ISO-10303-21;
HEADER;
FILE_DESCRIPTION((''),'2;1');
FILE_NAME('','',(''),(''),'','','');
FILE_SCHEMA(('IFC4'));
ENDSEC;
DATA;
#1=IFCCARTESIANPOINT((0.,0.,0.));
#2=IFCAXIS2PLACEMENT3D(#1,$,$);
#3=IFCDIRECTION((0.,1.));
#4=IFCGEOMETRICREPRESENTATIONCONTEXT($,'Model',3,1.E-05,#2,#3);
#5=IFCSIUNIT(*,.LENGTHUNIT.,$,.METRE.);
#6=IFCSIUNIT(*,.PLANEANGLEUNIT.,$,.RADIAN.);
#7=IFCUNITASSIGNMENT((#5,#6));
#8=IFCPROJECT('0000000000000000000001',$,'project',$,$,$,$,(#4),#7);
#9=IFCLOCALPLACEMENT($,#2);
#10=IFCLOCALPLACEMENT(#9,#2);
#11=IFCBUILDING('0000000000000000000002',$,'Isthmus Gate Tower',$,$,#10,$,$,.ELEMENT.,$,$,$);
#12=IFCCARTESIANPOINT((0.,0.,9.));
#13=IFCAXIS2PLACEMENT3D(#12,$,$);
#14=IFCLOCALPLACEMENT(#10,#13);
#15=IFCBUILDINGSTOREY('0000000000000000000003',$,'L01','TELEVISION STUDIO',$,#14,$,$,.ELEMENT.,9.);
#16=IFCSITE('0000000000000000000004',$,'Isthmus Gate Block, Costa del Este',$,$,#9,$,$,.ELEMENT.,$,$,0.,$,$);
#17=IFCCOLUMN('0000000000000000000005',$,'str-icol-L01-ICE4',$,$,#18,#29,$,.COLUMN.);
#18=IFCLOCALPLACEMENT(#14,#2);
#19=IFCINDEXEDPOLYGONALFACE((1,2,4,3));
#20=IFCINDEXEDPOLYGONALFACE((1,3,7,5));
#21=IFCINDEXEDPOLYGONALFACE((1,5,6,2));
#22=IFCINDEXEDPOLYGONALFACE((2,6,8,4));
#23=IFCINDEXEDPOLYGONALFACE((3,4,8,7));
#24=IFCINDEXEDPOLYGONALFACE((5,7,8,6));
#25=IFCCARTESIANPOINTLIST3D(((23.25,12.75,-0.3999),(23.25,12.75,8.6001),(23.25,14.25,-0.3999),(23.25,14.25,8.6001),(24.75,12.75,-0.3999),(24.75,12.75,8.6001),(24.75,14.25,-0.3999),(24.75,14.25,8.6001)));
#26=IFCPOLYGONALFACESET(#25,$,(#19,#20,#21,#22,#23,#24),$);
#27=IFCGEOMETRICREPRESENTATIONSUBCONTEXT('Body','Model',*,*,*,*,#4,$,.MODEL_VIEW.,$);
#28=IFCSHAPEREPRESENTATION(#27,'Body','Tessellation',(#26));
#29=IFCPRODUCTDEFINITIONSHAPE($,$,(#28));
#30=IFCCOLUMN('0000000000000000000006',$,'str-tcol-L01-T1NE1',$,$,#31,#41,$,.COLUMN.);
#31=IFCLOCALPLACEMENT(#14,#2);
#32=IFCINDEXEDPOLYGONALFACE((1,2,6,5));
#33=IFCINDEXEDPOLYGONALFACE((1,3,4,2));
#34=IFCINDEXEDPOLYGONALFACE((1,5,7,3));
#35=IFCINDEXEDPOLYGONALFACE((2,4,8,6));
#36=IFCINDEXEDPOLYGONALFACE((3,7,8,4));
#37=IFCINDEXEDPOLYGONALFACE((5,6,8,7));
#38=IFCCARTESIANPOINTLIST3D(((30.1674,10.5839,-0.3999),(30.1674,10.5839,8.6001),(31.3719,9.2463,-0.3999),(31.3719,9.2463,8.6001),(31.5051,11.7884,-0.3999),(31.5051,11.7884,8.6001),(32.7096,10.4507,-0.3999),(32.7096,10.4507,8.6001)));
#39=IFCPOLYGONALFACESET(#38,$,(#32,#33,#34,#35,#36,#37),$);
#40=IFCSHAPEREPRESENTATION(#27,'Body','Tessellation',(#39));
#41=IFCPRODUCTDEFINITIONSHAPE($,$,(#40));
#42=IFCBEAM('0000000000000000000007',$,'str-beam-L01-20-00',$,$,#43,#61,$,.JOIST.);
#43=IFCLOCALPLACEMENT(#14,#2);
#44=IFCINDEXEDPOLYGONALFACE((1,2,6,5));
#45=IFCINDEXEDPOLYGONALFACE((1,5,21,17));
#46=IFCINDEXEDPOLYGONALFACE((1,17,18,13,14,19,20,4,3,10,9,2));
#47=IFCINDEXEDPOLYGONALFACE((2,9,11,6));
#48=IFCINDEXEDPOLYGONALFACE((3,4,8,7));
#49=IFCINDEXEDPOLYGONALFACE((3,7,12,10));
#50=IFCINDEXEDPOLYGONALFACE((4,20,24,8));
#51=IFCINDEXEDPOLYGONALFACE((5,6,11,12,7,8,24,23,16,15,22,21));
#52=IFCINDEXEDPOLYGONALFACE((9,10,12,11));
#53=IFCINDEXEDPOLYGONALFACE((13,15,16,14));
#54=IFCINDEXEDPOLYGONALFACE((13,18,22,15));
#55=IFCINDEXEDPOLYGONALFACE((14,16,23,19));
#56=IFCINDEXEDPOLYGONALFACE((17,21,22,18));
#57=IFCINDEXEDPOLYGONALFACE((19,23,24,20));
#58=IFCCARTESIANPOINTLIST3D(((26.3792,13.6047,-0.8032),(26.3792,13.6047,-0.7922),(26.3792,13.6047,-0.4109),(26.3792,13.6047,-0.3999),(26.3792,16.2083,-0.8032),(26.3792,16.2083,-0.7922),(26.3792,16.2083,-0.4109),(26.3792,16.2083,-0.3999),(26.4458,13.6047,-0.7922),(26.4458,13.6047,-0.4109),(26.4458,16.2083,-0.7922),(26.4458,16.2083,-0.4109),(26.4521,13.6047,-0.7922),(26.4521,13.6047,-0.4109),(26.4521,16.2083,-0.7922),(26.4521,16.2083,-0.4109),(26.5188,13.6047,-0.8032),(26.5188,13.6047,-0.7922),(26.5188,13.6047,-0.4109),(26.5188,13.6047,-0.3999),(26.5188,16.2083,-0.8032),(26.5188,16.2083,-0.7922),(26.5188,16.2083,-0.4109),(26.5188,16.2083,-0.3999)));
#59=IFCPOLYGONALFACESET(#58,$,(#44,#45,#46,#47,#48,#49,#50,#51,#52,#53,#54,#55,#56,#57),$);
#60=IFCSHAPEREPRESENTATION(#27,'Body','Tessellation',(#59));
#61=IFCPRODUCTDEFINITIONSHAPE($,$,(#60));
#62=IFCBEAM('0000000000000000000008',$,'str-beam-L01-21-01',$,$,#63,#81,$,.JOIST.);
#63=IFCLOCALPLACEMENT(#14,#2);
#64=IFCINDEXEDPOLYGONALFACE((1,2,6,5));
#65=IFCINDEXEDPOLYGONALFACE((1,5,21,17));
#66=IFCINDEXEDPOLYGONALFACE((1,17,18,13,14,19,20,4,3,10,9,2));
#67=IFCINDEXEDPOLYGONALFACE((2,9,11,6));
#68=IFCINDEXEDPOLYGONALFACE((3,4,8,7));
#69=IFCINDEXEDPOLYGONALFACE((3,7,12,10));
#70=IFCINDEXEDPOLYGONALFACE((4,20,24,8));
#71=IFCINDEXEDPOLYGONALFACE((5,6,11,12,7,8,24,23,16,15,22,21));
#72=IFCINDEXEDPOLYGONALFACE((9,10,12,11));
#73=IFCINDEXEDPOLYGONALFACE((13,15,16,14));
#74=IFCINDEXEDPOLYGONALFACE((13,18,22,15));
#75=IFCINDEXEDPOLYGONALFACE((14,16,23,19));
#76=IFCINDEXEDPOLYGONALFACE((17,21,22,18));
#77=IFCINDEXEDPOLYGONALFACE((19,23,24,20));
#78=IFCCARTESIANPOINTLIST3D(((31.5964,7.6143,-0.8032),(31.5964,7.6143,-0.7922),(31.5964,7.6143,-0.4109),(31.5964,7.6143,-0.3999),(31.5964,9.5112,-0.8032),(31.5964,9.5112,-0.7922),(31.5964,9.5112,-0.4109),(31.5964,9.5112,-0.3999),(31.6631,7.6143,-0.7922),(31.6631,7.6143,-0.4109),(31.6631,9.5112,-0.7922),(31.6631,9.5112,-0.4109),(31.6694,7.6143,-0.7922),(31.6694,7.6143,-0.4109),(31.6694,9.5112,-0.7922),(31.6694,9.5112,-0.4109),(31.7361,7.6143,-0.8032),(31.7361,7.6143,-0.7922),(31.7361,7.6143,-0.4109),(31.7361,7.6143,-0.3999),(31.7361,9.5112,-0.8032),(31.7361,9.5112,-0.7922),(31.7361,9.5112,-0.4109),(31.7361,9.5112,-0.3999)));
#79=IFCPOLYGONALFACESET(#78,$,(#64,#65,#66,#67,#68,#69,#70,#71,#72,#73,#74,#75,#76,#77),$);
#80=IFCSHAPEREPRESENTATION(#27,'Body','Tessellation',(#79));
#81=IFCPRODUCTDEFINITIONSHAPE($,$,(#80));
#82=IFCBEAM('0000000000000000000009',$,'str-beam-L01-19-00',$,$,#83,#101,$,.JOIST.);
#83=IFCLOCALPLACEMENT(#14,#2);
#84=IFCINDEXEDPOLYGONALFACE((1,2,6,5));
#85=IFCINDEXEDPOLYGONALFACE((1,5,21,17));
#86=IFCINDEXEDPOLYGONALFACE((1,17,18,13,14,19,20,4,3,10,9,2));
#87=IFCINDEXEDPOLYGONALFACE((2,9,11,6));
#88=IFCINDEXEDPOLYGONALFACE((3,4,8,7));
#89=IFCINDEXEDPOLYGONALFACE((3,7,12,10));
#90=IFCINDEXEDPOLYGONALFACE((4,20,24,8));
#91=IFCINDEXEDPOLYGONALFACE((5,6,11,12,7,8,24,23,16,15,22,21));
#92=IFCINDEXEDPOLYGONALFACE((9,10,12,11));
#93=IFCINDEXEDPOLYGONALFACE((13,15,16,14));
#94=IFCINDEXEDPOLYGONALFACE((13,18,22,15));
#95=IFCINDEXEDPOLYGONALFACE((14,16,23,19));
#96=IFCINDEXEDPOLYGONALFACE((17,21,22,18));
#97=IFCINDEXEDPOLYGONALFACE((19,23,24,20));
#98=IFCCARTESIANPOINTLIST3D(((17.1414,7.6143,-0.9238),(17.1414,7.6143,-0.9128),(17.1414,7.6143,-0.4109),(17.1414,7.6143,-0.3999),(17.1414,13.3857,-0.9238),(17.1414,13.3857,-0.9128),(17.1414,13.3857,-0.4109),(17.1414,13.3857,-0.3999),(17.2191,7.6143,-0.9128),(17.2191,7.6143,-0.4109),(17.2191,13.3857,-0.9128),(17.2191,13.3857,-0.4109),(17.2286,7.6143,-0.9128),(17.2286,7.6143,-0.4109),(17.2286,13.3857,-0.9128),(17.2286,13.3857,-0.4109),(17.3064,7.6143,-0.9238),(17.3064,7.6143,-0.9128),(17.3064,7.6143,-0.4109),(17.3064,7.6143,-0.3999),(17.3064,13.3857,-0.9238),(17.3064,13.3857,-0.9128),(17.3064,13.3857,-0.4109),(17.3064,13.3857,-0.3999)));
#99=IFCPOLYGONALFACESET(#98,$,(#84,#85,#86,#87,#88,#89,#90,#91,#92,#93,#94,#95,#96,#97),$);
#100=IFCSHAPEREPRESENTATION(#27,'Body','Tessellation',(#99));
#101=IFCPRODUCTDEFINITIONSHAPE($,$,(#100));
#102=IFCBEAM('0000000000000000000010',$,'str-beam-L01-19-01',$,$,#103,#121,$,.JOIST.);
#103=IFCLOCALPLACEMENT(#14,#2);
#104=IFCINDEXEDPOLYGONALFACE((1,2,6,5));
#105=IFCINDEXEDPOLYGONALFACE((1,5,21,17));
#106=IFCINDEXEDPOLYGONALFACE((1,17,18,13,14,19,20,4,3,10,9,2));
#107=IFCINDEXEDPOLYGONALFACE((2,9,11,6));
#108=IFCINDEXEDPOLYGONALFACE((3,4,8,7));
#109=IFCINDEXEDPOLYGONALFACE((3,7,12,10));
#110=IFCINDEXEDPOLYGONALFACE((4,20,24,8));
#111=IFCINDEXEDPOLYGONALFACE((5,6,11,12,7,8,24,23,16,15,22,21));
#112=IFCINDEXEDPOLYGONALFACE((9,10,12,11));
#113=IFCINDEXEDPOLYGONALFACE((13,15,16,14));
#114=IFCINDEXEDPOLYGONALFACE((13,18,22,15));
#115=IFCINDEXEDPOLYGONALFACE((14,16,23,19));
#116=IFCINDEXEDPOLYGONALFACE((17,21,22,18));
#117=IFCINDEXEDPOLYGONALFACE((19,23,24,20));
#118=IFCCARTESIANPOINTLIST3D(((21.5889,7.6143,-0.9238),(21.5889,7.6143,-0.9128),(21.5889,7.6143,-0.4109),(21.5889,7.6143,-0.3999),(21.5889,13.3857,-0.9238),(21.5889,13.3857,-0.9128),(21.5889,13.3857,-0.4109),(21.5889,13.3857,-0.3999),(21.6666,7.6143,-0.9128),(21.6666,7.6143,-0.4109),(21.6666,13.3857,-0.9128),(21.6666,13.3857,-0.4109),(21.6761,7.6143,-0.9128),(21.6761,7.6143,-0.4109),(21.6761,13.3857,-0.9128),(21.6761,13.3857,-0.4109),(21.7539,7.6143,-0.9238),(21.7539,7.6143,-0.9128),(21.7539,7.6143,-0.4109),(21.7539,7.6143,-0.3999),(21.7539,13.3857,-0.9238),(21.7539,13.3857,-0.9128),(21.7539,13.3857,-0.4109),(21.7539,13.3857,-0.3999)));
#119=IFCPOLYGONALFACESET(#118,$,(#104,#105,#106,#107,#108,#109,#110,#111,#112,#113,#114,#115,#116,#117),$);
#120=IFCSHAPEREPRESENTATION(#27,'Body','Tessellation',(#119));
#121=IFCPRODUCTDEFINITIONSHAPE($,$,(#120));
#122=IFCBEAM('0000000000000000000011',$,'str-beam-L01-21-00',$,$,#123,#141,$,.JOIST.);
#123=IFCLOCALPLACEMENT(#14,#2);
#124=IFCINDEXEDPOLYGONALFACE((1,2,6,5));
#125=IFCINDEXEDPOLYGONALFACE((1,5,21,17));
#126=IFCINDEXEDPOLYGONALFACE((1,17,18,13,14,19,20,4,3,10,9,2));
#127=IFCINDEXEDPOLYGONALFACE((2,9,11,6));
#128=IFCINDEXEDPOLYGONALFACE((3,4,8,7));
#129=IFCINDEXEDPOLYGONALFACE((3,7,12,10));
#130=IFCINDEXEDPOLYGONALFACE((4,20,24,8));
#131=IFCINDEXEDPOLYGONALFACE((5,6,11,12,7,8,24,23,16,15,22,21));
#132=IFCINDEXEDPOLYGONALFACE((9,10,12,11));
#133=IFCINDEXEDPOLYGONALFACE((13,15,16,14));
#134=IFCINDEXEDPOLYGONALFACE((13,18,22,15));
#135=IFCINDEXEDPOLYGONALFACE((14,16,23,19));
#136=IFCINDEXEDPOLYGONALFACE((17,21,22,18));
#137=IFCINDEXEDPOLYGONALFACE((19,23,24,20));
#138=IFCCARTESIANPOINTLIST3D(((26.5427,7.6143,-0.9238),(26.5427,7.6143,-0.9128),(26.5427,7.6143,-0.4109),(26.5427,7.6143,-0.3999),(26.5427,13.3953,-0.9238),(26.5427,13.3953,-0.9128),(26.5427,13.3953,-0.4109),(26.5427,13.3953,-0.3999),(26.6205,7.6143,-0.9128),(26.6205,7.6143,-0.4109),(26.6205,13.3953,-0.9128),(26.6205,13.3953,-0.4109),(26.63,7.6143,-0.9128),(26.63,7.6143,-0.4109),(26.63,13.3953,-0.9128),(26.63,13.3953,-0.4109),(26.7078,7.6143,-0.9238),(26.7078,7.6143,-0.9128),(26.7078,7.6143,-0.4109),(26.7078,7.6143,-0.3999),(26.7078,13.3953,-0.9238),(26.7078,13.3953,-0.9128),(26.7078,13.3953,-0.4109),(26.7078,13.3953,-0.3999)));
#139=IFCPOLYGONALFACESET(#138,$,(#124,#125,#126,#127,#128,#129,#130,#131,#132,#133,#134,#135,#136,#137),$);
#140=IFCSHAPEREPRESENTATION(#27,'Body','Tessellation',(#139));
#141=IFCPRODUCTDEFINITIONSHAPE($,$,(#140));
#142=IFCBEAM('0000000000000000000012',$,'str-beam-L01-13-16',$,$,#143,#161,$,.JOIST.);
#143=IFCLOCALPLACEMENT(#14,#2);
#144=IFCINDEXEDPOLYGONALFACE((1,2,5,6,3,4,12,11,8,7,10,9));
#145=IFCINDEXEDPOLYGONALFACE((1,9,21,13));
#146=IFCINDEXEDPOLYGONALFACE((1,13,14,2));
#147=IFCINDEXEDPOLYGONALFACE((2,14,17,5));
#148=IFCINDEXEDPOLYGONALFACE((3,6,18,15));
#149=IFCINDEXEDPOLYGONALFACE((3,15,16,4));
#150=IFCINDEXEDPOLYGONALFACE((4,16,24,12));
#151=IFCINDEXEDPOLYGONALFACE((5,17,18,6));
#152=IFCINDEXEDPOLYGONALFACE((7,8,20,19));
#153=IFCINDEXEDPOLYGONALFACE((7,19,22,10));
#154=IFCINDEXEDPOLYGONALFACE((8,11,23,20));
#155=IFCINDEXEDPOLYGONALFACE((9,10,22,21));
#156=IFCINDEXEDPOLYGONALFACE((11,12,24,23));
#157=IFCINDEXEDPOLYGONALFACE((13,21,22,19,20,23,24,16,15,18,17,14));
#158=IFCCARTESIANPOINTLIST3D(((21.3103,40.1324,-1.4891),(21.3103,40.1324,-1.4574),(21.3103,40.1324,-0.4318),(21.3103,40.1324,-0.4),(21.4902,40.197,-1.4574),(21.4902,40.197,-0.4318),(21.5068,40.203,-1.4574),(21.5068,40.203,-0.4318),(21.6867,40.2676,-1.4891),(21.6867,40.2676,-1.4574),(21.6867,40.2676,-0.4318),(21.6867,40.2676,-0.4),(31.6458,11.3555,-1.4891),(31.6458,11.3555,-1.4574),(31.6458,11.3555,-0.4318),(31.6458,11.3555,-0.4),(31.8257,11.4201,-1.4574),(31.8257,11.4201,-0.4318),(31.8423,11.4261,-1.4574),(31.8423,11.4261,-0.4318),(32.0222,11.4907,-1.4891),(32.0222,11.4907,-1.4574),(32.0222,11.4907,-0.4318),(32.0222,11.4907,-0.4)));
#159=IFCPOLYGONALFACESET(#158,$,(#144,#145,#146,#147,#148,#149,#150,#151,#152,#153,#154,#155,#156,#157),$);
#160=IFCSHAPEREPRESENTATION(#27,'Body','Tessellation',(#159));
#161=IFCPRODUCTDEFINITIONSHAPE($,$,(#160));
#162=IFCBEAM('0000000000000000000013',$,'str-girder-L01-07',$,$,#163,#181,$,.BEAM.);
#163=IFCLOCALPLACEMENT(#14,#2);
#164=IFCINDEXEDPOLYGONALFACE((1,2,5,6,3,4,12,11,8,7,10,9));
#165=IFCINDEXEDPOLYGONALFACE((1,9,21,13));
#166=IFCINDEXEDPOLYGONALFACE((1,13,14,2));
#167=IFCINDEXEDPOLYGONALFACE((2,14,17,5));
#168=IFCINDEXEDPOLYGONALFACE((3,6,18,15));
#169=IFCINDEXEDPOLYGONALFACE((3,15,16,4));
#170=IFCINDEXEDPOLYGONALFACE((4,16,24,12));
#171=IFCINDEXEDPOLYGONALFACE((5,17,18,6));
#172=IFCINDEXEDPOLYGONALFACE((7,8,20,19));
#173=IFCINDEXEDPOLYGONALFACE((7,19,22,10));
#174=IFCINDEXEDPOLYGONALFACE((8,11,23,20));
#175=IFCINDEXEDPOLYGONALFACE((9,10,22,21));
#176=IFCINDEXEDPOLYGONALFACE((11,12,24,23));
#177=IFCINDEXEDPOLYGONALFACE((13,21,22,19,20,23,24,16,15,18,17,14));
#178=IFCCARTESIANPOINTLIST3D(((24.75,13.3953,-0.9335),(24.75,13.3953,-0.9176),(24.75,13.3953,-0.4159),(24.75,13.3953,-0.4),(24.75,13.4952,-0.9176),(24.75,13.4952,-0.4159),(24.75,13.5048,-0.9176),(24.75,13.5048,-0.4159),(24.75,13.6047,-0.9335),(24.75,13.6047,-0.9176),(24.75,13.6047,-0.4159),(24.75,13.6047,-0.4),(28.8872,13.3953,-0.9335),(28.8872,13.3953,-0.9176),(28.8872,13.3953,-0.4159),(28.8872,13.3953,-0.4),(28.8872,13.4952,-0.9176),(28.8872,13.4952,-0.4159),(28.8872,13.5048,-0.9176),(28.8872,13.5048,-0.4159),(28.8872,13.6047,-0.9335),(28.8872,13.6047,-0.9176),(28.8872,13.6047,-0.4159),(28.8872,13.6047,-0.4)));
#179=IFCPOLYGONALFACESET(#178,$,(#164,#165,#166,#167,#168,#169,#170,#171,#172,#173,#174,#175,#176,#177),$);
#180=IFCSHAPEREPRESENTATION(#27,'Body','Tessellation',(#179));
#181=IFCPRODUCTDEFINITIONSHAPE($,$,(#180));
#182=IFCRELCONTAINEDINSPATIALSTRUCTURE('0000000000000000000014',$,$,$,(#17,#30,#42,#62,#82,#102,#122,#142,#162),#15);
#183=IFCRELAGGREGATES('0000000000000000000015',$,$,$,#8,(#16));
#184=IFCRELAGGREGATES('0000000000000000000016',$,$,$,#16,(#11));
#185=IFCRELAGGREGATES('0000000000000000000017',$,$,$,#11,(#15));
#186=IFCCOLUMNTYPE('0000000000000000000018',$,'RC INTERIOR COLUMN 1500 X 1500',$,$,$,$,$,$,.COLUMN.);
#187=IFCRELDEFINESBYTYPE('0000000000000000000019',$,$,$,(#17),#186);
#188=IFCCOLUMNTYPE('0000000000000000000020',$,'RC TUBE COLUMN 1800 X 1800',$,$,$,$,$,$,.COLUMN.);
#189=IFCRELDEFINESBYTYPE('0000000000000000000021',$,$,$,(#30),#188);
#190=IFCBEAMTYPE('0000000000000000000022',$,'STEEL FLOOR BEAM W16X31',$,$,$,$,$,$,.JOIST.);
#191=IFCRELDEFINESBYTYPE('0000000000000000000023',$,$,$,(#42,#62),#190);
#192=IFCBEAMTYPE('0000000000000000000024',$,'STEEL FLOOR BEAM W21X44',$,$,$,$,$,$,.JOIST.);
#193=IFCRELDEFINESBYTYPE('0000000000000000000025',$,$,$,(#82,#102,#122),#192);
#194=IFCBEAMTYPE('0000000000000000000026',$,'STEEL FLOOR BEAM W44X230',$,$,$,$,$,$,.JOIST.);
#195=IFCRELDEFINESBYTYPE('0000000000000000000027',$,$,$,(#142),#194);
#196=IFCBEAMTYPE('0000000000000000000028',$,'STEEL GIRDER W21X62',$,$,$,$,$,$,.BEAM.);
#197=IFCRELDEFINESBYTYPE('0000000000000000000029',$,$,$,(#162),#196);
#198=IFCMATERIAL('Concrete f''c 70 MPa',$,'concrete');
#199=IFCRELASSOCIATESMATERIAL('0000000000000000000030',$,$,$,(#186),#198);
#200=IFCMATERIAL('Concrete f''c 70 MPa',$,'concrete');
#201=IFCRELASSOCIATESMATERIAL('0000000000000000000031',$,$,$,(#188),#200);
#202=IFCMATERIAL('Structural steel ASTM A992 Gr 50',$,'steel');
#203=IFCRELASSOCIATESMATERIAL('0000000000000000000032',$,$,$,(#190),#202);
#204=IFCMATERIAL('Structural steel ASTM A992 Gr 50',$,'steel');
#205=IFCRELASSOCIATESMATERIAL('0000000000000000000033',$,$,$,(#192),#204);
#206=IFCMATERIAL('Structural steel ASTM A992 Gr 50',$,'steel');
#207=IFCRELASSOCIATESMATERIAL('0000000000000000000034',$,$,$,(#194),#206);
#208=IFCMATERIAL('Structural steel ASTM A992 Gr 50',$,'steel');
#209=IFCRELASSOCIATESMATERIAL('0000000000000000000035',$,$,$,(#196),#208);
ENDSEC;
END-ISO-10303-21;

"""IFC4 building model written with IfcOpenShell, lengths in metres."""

from ifc_helpers import new_model, si_unit, direction, frame, origin, origin_2d, place, context, subcontext, project, spatial, rectangle, i_section, extrude, material, material_profile, profile_set, type_object, element, save


model = new_model("IFC4")

# Units and contexts
model_context = context("Model", 3, precision=1e-05, world=origin(), true_north=direction((0.0, 1.0)))
body_context = subcontext(model_context, "Body", "Model", "MODEL_VIEW")
ifc_project = project(units=[si_unit("LENGTHUNIT", "METRE"), si_unit("PLANEANGLEUNIT", "RADIAN")], contexts=[model_context])

# Site, building, storey
site_placement = place(None, origin())
site = spatial("IfcSite", under=ifc_project, at=site_placement, Name="Isthmus Gate Block, Costa del Este", CompositionType="ELEMENT", RefElevation=0.0)
building_placement = place(site_placement, origin())
building = spatial("IfcBuilding", under=site, at=building_placement, Name="Isthmus Gate Tower", CompositionType="ELEMENT")
storey_placement = place(building_placement, frame((0.0, 0.0, 9.0)))
storey = spatial("IfcBuildingStorey", under=building, at=storey_placement, Name="L01", Description="TELEVISION STUDIO", CompositionType="ELEMENT", Elevation=9.0)

# Columns
ifc_material_1 = material(Name="Concrete f'c 70 MPa", Category="concrete")
ifc_material_profile_1 = material_profile(ifc_material_1, rectangle(XDim=1.5, YDim=1.5, at=origin_2d()), Name="RC 1500X1500")
ifc_profile_set_1 = profile_set([ifc_material_profile_1], Name="Concrete f'c 70 MPa")
column_type_1 = type_object("IfcColumnType", Name="RC INTERIOR COLUMN 1500 X 1500", PredefinedType="COLUMN", material=ifc_profile_set_1)
column_1_placement = place(storey_placement, frame((24.0, 13.5, -0.3999), z_axis=(0.0, 0.0, 1.0), x_axis=(1.0, 0.0, 0.0)))
element("IfcColumn", 1, at=column_1_placement, inside=storey, type_object=column_type_1, Name="str-icol-L01-ICE4", PredefinedType="COLUMN", context=body_context, shape_type="SweptSolid", body=[
    extrude(rectangle(XDim=1.5, YDim=1.5, at=origin_2d()), origin(), (0.0, 0.0, 1.0), 9.0),
])
ifc_material_2 = material(Name="Concrete f'c 70 MPa", Category="concrete")
ifc_material_profile_2 = material_profile(ifc_material_2, rectangle(XDim=1.8, YDim=1.8, at=origin_2d()), Name="RC 1800X1800")
ifc_profile_set_2 = profile_set([ifc_material_profile_2], Name="Concrete f'c 70 MPa")
column_type_2 = type_object("IfcColumnType", Name="RC TUBE COLUMN 1800 X 1800", PredefinedType="COLUMN", material=ifc_profile_set_2)
column_2_placement = place(storey_placement, frame((31.4385, 10.5173, -0.3999), z_axis=(0.0, 0.0, 1.0), x_axis=(-0.669131, 0.743145, 0.0)))
element("IfcColumn", 2, at=column_2_placement, inside=storey, type_object=column_type_2, Name="str-tcol-L01-T1NE1", PredefinedType="COLUMN", context=body_context, shape_type="SweptSolid", body=[
    extrude(rectangle(XDim=1.8, YDim=1.8, at=origin_2d()), origin(), (0.0, 0.0, 1.0), 9.0),
])

# Beams
ifc_material_3 = material(Name="Structural steel ASTM A992 Gr 50", Category="steel")
ifc_material_profile_3 = material_profile(ifc_material_3, i_section(OverallWidth=0.1396, OverallDepth=0.4033, WebThickness=0.0063, FlangeThickness=0.011, at=origin_2d()), Name="W16X31")
ifc_profile_set_3 = profile_set([ifc_material_profile_3], Name="Structural steel ASTM A992 Gr 50")
beam_type_1 = type_object("IfcBeamType", Name="STEEL FLOOR BEAM W16X31", PredefinedType="JOIST", material=ifc_profile_set_3)
beam_1_placement = place(storey_placement, frame((26.449, 13.6047, -0.6016), z_axis=(0.0, 1.0, 0.0), x_axis=(-1.0, 0.0, 0.0)))
element("IfcBeam", 3, at=beam_1_placement, inside=storey, type_object=beam_type_1, Name="str-beam-L01-20-00", PredefinedType="JOIST", context=body_context, shape_type="SweptSolid", body=[
    extrude(i_section(OverallWidth=0.1396, OverallDepth=0.4033, WebThickness=0.0063, FlangeThickness=0.011, at=origin_2d()), origin(), (0.0, 0.0, 1.0), 2.6035),
])
beam_2_placement = place(storey_placement, frame((31.6663, 7.6143, -0.6016), z_axis=(0.0, 1.0, 0.0), x_axis=(-1.0, 0.0, 0.0)))
element("IfcBeam", 4, at=beam_2_placement, inside=storey, type_object=beam_type_1, Name="str-beam-L01-21-01", PredefinedType="JOIST", context=body_context, shape_type="SweptSolid", body=[
    extrude(i_section(OverallWidth=0.1396, OverallDepth=0.4033, WebThickness=0.0063, FlangeThickness=0.011, at=origin_2d()), origin(), (0.0, 0.0, 1.0), 1.897),
])
ifc_material_4 = material(Name="Structural steel ASTM A992 Gr 50", Category="steel")
ifc_material_profile_4 = material_profile(ifc_material_4, i_section(OverallWidth=0.165, OverallDepth=0.5239, WebThickness=0.0095, FlangeThickness=0.011, at=origin_2d()), Name="W21X44")
ifc_profile_set_4 = profile_set([ifc_material_profile_4], Name="Structural steel ASTM A992 Gr 50")
beam_type_2 = type_object("IfcBeamType", Name="STEEL FLOOR BEAM W21X44", PredefinedType="JOIST", material=ifc_profile_set_4)
for number, where, z_axis, x_axis, name in (
    (5, (17.2239, 7.6143, -0.6619), (0.0, 1.0, 0.0), (-1.0, 0.0, 0.0), "str-beam-L01-19-00"),
    (6, (21.6714, 7.6143, -0.6619), (0.0, 1.0, 0.0), (-1.0, 0.0, 0.0), "str-beam-L01-19-01"),
):
    element("IfcBeam", number, at=place(storey_placement, frame(where, z_axis=z_axis, x_axis=x_axis)), inside=storey, type_object=beam_type_2, Name=name, PredefinedType="JOIST", context=body_context, shape_type="SweptSolid", body=[
        extrude(i_section(OverallWidth=0.165, OverallDepth=0.5239, WebThickness=0.0095, FlangeThickness=0.011, at=origin_2d()), origin(), (0.0, 0.0, 1.0), 5.7715),
    ])
beam_3_placement = place(storey_placement, frame((26.6252, 7.6143, -0.6619), z_axis=(0.0, 1.0, 0.0), x_axis=(-1.0, 0.0, 0.0)))
element("IfcBeam", 7, at=beam_3_placement, inside=storey, type_object=beam_type_2, Name="str-beam-L01-21-00", PredefinedType="JOIST", context=body_context, shape_type="SweptSolid", body=[
    extrude(i_section(OverallWidth=0.165, OverallDepth=0.5239, WebThickness=0.0095, FlangeThickness=0.011, at=origin_2d()), origin(), (0.0, 0.0, 1.0), 5.781),
])
ifc_material_5 = material(Name="Structural steel ASTM A992 Gr 50", Category="steel")
ifc_material_profile_5 = material_profile(ifc_material_5, i_section(OverallWidth=0.3999, OverallDepth=1.0891, WebThickness=0.0176, FlangeThickness=0.0317, at=origin_2d()), Name="W44X230")
ifc_profile_set_5 = profile_set([ifc_material_profile_5], Name="Structural steel ASTM A992 Gr 50")
beam_type_3 = type_object("IfcBeamType", Name="STEEL FLOOR BEAM W44X230", PredefinedType="JOIST", material=ifc_profile_set_5)
beam_4_placement = place(storey_placement, frame((31.834, 11.4231, -0.9446), z_axis=(-0.338018, 0.94114, 0.0), x_axis=(-0.94114, -0.338018, 0.0)))
element("IfcBeam", 8, at=beam_4_placement, inside=storey, type_object=beam_type_3, Name="str-beam-L01-13-16", PredefinedType="JOIST", context=body_context, shape_type="SweptSolid", body=[
    extrude(i_section(OverallWidth=0.3999, OverallDepth=1.0891, WebThickness=0.0176, FlangeThickness=0.0317, at=origin_2d()), origin(), (0.0, 0.0, 1.0), 30.5767),
])
ifc_material_6 = material(Name="Structural steel ASTM A992 Gr 50", Category="steel")
ifc_material_profile_6 = material_profile(ifc_material_6, i_section(OverallWidth=0.2095, OverallDepth=0.5334, WebThickness=0.0095, FlangeThickness=0.0159, at=origin_2d()), Name="W21X62")
ifc_profile_set_6 = profile_set([ifc_material_profile_6], Name="Structural steel ASTM A992 Gr 50")
beam_type_4 = type_object("IfcBeamType", Name="STEEL GIRDER W21X62", PredefinedType="BEAM", material=ifc_profile_set_6)
beam_5_placement = place(storey_placement, frame((24.75, 13.5, -0.6667), z_axis=(1.0, 0.0, 0.0), x_axis=(0.0, 1.0, 0.0)))
element("IfcBeam", 9, at=beam_5_placement, inside=storey, type_object=beam_type_4, Name="str-girder-L01-07", PredefinedType="BEAM", context=body_context, shape_type="SweptSolid", body=[
    extrude(i_section(OverallWidth=0.2095, OverallDepth=0.5334, WebThickness=0.0095, FlangeThickness=0.0159, at=origin_2d()), origin(), (0.0, 0.0, 1.0), 4.1372),
])

save(model, "model.ifc")
